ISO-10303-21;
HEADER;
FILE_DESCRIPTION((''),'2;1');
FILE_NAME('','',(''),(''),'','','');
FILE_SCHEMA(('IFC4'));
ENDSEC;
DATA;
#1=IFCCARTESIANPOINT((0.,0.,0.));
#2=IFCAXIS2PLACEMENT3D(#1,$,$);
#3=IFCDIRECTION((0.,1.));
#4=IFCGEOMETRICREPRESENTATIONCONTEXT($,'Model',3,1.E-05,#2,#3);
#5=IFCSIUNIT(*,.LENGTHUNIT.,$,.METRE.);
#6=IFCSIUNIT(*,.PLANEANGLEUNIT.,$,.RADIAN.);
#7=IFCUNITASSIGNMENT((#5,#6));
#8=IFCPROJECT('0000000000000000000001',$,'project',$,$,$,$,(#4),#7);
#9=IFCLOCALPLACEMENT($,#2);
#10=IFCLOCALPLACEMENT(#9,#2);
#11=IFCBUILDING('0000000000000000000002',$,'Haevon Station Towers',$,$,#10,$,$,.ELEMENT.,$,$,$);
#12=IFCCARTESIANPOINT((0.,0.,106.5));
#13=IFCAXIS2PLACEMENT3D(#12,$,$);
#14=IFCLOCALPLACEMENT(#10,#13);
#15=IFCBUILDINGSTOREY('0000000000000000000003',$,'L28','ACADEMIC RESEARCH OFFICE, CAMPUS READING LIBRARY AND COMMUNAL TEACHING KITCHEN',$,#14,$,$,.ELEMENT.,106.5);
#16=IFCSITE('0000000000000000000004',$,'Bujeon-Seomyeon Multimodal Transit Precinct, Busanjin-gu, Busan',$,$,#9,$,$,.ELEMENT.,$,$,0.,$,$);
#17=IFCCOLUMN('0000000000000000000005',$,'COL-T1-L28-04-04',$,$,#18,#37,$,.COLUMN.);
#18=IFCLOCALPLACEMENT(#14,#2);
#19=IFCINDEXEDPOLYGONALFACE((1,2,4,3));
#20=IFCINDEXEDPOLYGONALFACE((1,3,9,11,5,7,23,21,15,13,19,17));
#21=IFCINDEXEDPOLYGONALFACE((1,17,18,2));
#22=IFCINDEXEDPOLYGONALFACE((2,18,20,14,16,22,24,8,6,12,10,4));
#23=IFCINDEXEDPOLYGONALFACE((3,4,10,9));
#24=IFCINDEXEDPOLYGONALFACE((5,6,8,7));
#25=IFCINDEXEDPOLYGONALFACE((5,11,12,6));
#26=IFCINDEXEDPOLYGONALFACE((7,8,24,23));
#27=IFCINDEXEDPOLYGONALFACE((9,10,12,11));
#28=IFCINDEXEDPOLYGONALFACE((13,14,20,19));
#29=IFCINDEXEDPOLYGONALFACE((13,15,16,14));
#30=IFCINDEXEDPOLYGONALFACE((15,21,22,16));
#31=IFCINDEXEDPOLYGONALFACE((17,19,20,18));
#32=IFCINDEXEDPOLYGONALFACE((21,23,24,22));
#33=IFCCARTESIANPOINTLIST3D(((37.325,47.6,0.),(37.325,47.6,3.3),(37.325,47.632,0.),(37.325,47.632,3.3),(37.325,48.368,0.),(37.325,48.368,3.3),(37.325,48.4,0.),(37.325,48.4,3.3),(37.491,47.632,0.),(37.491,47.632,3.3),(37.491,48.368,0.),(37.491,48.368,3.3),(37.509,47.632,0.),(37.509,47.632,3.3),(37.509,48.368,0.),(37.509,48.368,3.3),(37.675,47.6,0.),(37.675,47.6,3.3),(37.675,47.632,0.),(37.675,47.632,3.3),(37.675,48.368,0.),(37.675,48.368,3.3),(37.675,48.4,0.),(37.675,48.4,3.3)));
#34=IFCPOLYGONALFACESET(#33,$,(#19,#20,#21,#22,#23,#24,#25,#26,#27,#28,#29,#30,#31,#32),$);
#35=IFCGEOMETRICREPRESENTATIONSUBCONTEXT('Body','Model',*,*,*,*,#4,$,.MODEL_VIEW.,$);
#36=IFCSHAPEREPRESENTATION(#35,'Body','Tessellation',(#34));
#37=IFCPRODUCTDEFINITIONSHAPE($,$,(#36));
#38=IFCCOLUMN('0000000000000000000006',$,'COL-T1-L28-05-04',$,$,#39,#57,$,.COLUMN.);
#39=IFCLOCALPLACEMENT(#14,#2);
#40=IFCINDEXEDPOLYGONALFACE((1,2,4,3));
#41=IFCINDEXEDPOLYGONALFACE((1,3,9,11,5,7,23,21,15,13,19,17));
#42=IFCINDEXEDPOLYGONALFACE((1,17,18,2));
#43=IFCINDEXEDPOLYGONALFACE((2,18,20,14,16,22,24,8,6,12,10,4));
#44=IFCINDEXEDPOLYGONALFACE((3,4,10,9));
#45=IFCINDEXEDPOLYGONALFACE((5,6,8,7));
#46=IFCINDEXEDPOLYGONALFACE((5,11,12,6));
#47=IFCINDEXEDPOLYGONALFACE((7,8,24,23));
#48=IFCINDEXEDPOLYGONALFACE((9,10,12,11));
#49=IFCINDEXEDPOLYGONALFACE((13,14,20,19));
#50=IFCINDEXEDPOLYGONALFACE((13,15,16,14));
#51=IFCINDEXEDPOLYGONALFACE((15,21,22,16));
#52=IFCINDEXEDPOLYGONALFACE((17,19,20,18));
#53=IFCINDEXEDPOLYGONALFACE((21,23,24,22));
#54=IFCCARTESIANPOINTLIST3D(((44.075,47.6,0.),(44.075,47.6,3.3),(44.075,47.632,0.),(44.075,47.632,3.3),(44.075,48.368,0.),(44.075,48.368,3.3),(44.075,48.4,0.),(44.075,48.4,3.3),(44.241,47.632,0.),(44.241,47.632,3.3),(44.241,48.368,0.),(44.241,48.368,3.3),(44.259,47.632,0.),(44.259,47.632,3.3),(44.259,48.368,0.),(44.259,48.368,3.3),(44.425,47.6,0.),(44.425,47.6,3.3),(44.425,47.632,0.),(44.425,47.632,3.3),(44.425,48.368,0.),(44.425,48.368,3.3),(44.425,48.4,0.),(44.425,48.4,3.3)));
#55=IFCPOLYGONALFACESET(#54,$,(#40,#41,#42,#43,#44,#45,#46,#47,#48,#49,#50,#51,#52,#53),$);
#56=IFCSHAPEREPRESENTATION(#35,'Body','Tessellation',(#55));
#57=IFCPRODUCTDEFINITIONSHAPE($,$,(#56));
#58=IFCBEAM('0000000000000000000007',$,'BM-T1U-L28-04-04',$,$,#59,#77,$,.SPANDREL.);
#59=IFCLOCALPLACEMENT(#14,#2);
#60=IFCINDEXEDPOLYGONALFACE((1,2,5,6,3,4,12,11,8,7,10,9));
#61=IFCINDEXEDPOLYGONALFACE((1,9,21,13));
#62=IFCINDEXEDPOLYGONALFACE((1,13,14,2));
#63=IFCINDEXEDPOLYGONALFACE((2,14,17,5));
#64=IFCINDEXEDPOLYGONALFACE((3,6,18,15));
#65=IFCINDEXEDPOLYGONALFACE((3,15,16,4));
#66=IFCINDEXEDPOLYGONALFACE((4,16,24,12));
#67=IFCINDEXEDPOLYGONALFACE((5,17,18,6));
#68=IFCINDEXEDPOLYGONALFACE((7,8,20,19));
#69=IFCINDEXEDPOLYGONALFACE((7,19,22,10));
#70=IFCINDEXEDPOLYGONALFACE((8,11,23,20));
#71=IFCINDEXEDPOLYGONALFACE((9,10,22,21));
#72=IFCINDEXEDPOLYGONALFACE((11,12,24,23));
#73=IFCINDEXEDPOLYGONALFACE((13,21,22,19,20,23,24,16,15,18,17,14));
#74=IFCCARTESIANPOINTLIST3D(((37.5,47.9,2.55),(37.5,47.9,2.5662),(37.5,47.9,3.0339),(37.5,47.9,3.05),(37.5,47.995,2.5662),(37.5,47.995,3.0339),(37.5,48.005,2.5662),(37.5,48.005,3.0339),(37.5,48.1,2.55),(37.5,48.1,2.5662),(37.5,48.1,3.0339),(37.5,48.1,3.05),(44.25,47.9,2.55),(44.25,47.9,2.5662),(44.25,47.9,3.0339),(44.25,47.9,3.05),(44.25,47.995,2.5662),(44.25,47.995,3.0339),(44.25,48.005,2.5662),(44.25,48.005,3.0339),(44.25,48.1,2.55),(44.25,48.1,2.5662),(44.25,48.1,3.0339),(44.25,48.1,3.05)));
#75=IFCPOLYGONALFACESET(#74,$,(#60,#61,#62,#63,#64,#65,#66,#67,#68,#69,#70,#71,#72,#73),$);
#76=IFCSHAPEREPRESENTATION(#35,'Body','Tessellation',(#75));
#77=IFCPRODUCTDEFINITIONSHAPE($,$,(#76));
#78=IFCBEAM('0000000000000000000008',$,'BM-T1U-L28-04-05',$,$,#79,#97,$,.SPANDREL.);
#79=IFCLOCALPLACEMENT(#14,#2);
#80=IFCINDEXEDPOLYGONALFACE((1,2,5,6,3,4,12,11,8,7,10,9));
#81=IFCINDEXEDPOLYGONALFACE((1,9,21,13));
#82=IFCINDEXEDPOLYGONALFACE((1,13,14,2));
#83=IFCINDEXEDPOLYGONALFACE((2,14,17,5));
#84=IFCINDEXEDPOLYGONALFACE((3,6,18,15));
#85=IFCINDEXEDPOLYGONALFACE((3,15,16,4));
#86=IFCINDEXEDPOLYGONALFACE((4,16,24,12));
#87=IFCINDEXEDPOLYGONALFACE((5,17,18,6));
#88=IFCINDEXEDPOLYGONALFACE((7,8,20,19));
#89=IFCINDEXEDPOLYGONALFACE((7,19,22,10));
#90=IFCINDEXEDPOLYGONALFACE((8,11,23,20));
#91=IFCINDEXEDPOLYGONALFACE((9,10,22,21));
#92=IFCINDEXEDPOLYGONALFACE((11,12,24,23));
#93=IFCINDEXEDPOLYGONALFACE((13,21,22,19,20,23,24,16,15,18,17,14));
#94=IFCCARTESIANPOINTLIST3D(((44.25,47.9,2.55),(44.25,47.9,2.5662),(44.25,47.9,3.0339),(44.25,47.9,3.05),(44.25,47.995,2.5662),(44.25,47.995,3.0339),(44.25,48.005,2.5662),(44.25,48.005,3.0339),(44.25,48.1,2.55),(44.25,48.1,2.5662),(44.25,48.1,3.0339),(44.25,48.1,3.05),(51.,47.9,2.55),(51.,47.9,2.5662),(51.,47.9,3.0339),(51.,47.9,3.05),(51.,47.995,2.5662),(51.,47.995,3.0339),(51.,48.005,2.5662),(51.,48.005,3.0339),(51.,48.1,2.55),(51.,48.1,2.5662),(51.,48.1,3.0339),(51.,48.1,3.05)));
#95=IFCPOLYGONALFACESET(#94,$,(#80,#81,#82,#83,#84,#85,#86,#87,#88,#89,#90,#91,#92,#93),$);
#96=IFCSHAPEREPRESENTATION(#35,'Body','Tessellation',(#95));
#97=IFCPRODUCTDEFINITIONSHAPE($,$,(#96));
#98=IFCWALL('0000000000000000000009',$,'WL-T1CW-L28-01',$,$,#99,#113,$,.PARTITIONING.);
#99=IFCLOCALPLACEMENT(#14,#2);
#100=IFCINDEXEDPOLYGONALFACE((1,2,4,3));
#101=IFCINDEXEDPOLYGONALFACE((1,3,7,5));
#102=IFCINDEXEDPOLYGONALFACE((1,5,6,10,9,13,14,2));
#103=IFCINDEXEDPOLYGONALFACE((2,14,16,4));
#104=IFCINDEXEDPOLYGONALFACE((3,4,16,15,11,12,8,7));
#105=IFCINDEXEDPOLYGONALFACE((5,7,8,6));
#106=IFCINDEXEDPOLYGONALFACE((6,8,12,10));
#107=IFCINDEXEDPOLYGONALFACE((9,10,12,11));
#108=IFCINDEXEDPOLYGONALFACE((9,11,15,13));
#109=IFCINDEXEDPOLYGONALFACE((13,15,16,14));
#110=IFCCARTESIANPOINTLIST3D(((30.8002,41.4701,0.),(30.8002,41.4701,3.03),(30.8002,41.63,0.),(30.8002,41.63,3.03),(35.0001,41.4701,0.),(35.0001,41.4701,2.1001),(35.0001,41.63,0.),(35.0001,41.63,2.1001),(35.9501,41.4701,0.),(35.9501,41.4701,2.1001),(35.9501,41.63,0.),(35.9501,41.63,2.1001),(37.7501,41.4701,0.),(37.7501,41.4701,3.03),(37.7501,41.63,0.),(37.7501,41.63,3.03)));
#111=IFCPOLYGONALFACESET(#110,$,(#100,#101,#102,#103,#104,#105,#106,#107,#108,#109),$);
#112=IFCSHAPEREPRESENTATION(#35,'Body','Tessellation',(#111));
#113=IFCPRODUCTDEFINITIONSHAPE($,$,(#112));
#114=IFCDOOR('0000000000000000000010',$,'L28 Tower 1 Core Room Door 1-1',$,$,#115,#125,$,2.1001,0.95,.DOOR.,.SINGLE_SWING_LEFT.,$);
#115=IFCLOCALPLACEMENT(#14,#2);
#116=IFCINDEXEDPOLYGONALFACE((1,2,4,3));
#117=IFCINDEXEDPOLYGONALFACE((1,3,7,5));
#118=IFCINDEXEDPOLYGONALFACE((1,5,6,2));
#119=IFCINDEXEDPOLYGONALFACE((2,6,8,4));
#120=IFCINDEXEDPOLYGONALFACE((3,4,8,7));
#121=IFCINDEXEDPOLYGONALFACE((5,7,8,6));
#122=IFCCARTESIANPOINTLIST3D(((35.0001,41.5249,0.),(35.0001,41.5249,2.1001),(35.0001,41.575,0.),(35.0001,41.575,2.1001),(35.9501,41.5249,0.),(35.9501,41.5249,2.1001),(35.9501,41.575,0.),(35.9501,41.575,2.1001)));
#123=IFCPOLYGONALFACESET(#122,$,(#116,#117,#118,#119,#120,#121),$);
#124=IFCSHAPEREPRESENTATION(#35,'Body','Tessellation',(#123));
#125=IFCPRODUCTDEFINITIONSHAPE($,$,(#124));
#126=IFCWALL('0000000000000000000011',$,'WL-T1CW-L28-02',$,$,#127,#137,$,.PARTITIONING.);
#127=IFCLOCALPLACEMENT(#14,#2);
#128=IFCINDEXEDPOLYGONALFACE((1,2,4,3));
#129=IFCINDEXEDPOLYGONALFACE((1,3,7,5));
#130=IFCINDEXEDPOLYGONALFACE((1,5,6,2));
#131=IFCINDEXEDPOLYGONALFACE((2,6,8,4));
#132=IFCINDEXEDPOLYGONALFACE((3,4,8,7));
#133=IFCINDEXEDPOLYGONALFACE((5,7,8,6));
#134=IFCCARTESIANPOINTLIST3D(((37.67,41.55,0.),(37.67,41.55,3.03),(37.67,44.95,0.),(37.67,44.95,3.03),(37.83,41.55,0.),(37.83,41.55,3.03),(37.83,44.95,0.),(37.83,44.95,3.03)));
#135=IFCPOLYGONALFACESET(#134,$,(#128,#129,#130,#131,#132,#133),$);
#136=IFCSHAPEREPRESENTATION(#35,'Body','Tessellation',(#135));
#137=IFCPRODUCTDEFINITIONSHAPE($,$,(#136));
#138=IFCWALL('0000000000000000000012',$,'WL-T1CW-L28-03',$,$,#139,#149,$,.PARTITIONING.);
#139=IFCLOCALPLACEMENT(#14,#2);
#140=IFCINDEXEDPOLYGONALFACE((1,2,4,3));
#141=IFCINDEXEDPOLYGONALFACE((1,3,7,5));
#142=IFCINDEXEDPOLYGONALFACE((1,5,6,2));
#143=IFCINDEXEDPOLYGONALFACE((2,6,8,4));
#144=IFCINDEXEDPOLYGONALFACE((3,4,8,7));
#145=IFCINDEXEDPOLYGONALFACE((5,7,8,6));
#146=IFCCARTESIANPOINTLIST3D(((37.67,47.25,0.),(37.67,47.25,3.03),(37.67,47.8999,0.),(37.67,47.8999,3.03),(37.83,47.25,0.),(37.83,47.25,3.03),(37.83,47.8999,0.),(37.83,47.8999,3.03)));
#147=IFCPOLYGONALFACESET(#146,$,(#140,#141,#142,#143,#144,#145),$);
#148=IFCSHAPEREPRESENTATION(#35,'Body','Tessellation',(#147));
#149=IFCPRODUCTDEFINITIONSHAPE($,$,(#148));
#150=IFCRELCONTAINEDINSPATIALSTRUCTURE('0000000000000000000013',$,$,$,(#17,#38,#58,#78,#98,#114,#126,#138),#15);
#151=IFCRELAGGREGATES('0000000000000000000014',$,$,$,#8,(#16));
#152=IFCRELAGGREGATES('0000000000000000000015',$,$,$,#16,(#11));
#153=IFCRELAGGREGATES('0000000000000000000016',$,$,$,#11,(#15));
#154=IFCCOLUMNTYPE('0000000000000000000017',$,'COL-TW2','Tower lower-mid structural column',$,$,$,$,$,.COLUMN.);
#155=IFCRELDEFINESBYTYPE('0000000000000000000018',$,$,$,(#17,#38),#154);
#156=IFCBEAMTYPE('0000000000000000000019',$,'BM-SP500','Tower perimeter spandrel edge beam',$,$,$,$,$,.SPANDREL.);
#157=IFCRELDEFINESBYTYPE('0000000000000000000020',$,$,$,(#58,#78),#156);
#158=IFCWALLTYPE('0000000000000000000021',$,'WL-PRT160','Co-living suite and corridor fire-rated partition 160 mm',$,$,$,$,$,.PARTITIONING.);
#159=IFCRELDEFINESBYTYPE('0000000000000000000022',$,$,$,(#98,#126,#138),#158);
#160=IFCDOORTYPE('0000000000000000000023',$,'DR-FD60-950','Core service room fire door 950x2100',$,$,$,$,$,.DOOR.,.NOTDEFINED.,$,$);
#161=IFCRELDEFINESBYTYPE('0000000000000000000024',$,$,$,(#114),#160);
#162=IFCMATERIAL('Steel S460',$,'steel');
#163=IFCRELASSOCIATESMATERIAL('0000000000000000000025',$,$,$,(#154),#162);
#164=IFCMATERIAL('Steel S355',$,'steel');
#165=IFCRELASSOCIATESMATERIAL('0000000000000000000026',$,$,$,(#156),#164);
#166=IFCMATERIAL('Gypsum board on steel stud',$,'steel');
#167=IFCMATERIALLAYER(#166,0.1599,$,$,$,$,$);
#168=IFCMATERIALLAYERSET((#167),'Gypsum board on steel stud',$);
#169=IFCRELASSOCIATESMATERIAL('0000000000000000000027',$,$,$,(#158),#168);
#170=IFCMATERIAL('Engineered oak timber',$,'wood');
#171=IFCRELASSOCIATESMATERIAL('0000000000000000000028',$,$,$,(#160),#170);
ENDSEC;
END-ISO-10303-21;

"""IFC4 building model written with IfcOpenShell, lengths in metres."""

from ifc_helpers import new_model, si_unit, direction, frame, frame_2d, origin, origin_2d, place, context, subcontext, project, spatial, rectangle, i_section, extrude, material, layer, layer_set, material_profile, profile_set, type_object, element, fill, save


model = new_model("IFC4")

# Units and contexts
model_context = context("Model", 3, precision=1e-05, world=origin(), true_north=direction((0.0, 1.0)))
body_context = subcontext(model_context, "Body", "Model", "MODEL_VIEW")
ifc_project = project(units=[si_unit("LENGTHUNIT", "METRE"), si_unit("PLANEANGLEUNIT", "RADIAN")], contexts=[model_context])

# Site, building, storey
site_placement = place(None, origin())
site = spatial("IfcSite", under=ifc_project, at=site_placement, Name="Bujeon-Seomyeon Multimodal Transit Precinct, Busanjin-gu, Busan", CompositionType="ELEMENT", RefElevation=0.0)
building_placement = place(site_placement, origin())
building = spatial("IfcBuilding", under=site, at=building_placement, Name="Haevon Station Towers", CompositionType="ELEMENT")
storey_placement = place(building_placement, frame((0.0, 0.0, 106.5)))
storey = spatial("IfcBuildingStorey", under=building, at=storey_placement, Name="L28", Description="ACADEMIC RESEARCH OFFICE, CAMPUS READING LIBRARY AND COMMUNAL TEACHING KITCHEN", CompositionType="ELEMENT", Elevation=106.5)

# Columns
ifc_material_1 = material(Name="Steel S460", Category="steel")
ifc_material_profile_1 = material_profile(ifc_material_1, i_section(OverallWidth=0.3501, OverallDepth=0.8, WebThickness=0.0181, FlangeThickness=0.032, at=origin_2d()), Name="H-800x350x18x32")
ifc_profile_set_1 = profile_set([ifc_material_profile_1], Name="Steel S460")
column_type = type_object("IfcColumnType", Name="COL-TW2", Description="Tower lower-mid structural column", PredefinedType="COLUMN", material=ifc_profile_set_1)
for number, where, z_axis, x_axis, name in (
    (1, (37.5, 48.0, 0.0), (0.0, 0.0, 1.0), (1.0, 0.0, 0.0), "COL-T1-L28-04-04"),
    (2, (44.25, 48.0, 0.0), (0.0, 0.0, 1.0), (1.0, 0.0, 0.0), "COL-T1-L28-05-04"),
):
    element("IfcColumn", number, at=place(storey_placement, frame(where, z_axis=z_axis, x_axis=x_axis)), inside=storey, type_object=column_type, Name=name, PredefinedType="COLUMN", context=body_context, shape_type="SweptSolid", body=[
        extrude(i_section(OverallWidth=0.3501, OverallDepth=0.8, WebThickness=0.0181, FlangeThickness=0.032, at=origin_2d()), origin(), (0.0, 0.0, 1.0), 3.3),
    ])

# Beams
ifc_material_2 = material(Name="Steel S355", Category="steel")
ifc_material_profile_2 = material_profile(ifc_material_2, i_section(OverallWidth=0.2, OverallDepth=0.5, WebThickness=0.01, FlangeThickness=0.0161, at=origin_2d()), Name="H-500x200x10x16")
ifc_profile_set_2 = profile_set([ifc_material_profile_2], Name="Steel S355")
beam_type = type_object("IfcBeamType", Name="BM-SP500", Description="Tower perimeter spandrel edge beam", PredefinedType="SPANDREL", material=ifc_profile_set_2)
for number, where, z_axis, x_axis, name in (
    (3, (37.5, 48.0, 2.8), (1.0, 0.0, 0.0), (0.0, 1.0, 0.0), "BM-T1U-L28-04-04"),
    (4, (44.25, 48.0, 2.8), (1.0, 0.0, 0.0), (0.0, 1.0, 0.0), "BM-T1U-L28-04-05"),
):
    element("IfcBeam", number, at=place(storey_placement, frame(where, z_axis=z_axis, x_axis=x_axis)), inside=storey, type_object=beam_type, Name=name, PredefinedType="SPANDREL", context=body_context, shape_type="SweptSolid", body=[
        extrude(i_section(OverallWidth=0.2, OverallDepth=0.5, WebThickness=0.01, FlangeThickness=0.0161, at=origin_2d()), origin(), (0.0, 0.0, 1.0), 6.75),
    ])

# Wall, opening, door
ifc_material_3 = material(Name="Gypsum board on steel stud", Category="steel")
ifc_layer_1 = layer(ifc_material_3, 0.1599)
ifc_layer_set_1 = layer_set([ifc_layer_1], Name="Gypsum board on steel stud")
wall_type_1 = type_object("IfcWallType", Name="WL-PRT160", Description="Co-living suite and corridor fire-rated partition 160 mm", PredefinedType="PARTITIONING", material=ifc_layer_set_1)
wall_1_placement = place(storey_placement, frame((30.8, 41.55, 0.0), z_axis=(0.0, 0.0, 1.0), x_axis=(1.0, 0.0, 0.0)))
wall_1 = element("IfcWall", 5, at=wall_1_placement, inside=storey, type_object=wall_type_1, Name="WL-T1CW-L28-01", PredefinedType="PARTITIONING", context=body_context, shape_type="SweptSolid", body=[
    extrude(rectangle(XDim=6.95, YDim=0.1599, at=frame_2d((3.4751, 0.0))), origin(), (0.0, 0.0, 1.0), 3.03),
])
opening_1_placement = place(wall_1_placement, frame((4.2, 0.0, 0.0)))
opening_1 = element("IfcOpeningElement", 6, at=opening_1_placement, cuts=wall_1, PredefinedType="OPENING", context=body_context, shape_type="SweptSolid", body=[
    extrude(rectangle(XDim=0.95, YDim=2.1001, at=frame_2d((0.4751, 1.05))), frame((0.0, 0.0898, 0.0), z_axis=(0.0, -1.0, 0.0), x_axis=(1.0, 0.0, 0.0)), (0.0, 0.0, 1.0), 0.1799),
])
ifc_material_4 = material(Name="Engineered oak timber", Category="wood")
door_type_1 = type_object("IfcDoorType", Name="DR-FD60-950", Description="Core service room fire door 950x2100", OperationType="NOTDEFINED", PredefinedType="DOOR", material=ifc_material_4)
door_1_placement = place(opening_1_placement, origin())
door_1 = element("IfcDoor", 7, at=door_1_placement, inside=storey, type_object=door_type_1, Name="L28 Tower 1 Core Room Door 1-1", OperationType="SINGLE_SWING_LEFT", OverallHeight=2.1001, OverallWidth=0.95, PredefinedType="DOOR", context=body_context, shape_type="SweptSolid", body=[
    extrude(rectangle(XDim=0.95, YDim=2.1001, at=frame_2d((0.4751, 1.05))), frame((0.0, 0.0249, 0.0), z_axis=(0.0, -1.0, 0.0), x_axis=(1.0, 0.0, 0.0)), (0.0, 0.0, 1.0), 0.05),
])
fill(opening_1, door_1)

# Walls
wall_2_placement = place(storey_placement, frame((37.75, 41.55, 0.0), z_axis=(0.0, 0.0, 1.0), x_axis=(0.0, 1.0, 0.0)))
element("IfcWall", 8, at=wall_2_placement, inside=storey, type_object=wall_type_1, Name="WL-T1CW-L28-02", PredefinedType="PARTITIONING", context=body_context, shape_type="SweptSolid", body=[
    extrude(rectangle(XDim=3.3999, YDim=0.1599, at=frame_2d((1.7, 0.0))), origin(), (0.0, 0.0, 1.0), 3.03),
])
wall_3_placement = place(storey_placement, frame((37.75, 47.25, 0.0), z_axis=(0.0, 0.0, 1.0), x_axis=(0.0, 1.0, 0.0)))
element("IfcWall", 9, at=wall_3_placement, inside=storey, type_object=wall_type_1, Name="WL-T1CW-L28-03", PredefinedType="PARTITIONING", context=body_context, shape_type="SweptSolid", body=[
    extrude(rectangle(XDim=0.6499, YDim=0.1599, at=frame_2d((0.325, 0.0))), origin(), (0.0, 0.0, 1.0), 3.03),
])

save(model, "model.ifc")
